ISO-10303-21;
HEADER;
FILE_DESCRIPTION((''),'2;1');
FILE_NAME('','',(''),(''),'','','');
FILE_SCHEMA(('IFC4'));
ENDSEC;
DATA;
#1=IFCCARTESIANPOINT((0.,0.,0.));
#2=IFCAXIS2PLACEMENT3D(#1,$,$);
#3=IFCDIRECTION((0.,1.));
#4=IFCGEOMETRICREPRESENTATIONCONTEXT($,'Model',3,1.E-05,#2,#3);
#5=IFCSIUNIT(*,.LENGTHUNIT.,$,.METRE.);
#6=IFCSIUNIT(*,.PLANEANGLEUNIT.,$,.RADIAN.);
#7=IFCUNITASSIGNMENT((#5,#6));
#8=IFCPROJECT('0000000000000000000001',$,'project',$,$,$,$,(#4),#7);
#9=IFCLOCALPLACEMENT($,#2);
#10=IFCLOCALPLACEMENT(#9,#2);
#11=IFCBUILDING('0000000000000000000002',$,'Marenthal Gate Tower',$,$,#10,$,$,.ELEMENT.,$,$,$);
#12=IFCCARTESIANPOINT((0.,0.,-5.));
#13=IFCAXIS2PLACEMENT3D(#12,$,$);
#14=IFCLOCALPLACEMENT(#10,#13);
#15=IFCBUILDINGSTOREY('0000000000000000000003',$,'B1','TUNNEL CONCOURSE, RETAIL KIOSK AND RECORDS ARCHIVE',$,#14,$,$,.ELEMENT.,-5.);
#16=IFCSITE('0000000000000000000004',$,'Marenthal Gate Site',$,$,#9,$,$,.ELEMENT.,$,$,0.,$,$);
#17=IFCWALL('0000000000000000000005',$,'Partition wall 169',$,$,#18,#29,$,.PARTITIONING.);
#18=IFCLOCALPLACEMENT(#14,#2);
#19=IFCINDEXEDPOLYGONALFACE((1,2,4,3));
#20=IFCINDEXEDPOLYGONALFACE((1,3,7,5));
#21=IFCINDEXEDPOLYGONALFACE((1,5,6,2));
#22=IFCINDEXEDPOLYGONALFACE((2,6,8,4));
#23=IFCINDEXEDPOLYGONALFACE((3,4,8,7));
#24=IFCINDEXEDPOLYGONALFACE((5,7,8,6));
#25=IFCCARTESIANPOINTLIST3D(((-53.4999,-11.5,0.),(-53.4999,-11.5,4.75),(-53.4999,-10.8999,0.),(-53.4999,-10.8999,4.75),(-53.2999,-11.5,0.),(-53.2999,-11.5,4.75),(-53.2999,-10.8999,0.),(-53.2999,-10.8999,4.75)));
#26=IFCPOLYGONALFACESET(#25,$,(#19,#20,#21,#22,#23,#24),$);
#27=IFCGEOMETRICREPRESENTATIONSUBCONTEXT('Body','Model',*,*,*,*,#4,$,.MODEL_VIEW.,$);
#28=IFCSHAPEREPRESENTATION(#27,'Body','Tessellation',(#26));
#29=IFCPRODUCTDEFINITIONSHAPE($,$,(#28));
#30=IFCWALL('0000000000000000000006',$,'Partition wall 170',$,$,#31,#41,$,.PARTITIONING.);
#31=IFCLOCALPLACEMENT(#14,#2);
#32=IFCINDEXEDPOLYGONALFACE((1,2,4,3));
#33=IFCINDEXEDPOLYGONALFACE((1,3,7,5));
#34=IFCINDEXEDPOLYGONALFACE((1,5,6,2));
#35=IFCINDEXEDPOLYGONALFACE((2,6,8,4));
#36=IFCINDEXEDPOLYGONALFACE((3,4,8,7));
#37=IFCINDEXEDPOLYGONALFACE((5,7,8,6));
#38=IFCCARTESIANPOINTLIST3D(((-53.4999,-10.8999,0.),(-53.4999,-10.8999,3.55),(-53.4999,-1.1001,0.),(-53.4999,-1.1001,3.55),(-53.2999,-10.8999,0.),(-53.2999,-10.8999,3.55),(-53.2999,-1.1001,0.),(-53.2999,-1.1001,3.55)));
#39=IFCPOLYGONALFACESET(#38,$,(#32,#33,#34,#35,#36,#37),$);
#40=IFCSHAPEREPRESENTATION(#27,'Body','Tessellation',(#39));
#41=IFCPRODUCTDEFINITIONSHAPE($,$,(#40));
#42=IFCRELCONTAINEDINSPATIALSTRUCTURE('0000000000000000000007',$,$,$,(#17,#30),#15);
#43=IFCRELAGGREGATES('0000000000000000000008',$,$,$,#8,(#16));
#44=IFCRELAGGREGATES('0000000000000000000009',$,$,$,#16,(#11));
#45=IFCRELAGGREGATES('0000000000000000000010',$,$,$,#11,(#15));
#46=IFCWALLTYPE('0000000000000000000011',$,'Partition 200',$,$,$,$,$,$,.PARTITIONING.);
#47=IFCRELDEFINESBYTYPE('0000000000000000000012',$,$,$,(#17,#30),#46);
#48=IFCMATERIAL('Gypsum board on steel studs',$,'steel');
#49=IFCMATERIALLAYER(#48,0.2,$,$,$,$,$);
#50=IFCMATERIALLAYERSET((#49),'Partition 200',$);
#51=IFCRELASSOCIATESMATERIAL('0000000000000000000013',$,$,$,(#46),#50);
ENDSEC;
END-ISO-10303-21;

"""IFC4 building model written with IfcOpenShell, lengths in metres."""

from ifc_helpers import new_model, si_unit, direction, frame, frame_2d, origin, place, context, subcontext, project, spatial, rectangle, extrude, material, layer, layer_set, type_object, element, save


model = new_model("IFC4")

# Units and contexts
model_context = context("Model", 3, precision=1e-05, world=origin(), true_north=direction((0.0, 1.0)))
body_context = subcontext(model_context, "Body", "Model", "MODEL_VIEW")
ifc_project = project(units=[si_unit("LENGTHUNIT", "METRE"), si_unit("PLANEANGLEUNIT", "RADIAN")], contexts=[model_context])

# Site, building, storey
site_placement = place(None, origin())
site = spatial("IfcSite", under=ifc_project, at=site_placement, Name="Marenthal Gate Site", CompositionType="ELEMENT", RefElevation=0.0)
building_placement = place(site_placement, origin())
building = spatial("IfcBuilding", under=site, at=building_placement, Name="Marenthal Gate Tower", CompositionType="ELEMENT")
storey_placement = place(building_placement, frame((0.0, 0.0, -5.0)))
storey = spatial("IfcBuildingStorey", under=building, at=storey_placement, Name="B1", Description="TUNNEL CONCOURSE, RETAIL KIOSK AND RECORDS ARCHIVE", CompositionType="ELEMENT", Elevation=-5.0)

# Walls
ifc_material_1 = material(Name="Gypsum board on steel studs", Category="steel")
ifc_layer_1 = layer(ifc_material_1, 0.2)
ifc_layer_set_1 = layer_set([ifc_layer_1], Name="Partition 200")
wall_type_1 = type_object("IfcWallType", Name="Partition 200", PredefinedType="PARTITIONING", material=ifc_layer_set_1)
wall_1_placement = place(storey_placement, frame((-53.3999, -11.5, 0.0), z_axis=(0.0, 0.0, 1.0), x_axis=(0.0, 1.0, 0.0)))
element("IfcWall", 1, at=wall_1_placement, inside=storey, type_object=wall_type_1, Name="Partition wall 169", PredefinedType="PARTITIONING", context=body_context, shape_type="SweptSolid", body=[
    extrude(rectangle(XDim=0.6001, YDim=0.2, at=frame_2d((0.3, 0.0))), origin(), (0.0, 0.0, 1.0), 4.75),
])
wall_2_placement = place(storey_placement, frame((-53.3999, -10.8999, 0.0), z_axis=(0.0, 0.0, 1.0), x_axis=(0.0, 1.0, 0.0)))
element("IfcWall", 2, at=wall_2_placement, inside=storey, type_object=wall_type_1, Name="Partition wall 170", PredefinedType="PARTITIONING", context=body_context, shape_type="SweptSolid", body=[
    extrude(rectangle(XDim=9.7998, YDim=0.2, at=frame_2d((4.8999, 0.0))), origin(), (0.0, 0.0, 1.0), 3.55),
])

save(model, "model.ifc")
